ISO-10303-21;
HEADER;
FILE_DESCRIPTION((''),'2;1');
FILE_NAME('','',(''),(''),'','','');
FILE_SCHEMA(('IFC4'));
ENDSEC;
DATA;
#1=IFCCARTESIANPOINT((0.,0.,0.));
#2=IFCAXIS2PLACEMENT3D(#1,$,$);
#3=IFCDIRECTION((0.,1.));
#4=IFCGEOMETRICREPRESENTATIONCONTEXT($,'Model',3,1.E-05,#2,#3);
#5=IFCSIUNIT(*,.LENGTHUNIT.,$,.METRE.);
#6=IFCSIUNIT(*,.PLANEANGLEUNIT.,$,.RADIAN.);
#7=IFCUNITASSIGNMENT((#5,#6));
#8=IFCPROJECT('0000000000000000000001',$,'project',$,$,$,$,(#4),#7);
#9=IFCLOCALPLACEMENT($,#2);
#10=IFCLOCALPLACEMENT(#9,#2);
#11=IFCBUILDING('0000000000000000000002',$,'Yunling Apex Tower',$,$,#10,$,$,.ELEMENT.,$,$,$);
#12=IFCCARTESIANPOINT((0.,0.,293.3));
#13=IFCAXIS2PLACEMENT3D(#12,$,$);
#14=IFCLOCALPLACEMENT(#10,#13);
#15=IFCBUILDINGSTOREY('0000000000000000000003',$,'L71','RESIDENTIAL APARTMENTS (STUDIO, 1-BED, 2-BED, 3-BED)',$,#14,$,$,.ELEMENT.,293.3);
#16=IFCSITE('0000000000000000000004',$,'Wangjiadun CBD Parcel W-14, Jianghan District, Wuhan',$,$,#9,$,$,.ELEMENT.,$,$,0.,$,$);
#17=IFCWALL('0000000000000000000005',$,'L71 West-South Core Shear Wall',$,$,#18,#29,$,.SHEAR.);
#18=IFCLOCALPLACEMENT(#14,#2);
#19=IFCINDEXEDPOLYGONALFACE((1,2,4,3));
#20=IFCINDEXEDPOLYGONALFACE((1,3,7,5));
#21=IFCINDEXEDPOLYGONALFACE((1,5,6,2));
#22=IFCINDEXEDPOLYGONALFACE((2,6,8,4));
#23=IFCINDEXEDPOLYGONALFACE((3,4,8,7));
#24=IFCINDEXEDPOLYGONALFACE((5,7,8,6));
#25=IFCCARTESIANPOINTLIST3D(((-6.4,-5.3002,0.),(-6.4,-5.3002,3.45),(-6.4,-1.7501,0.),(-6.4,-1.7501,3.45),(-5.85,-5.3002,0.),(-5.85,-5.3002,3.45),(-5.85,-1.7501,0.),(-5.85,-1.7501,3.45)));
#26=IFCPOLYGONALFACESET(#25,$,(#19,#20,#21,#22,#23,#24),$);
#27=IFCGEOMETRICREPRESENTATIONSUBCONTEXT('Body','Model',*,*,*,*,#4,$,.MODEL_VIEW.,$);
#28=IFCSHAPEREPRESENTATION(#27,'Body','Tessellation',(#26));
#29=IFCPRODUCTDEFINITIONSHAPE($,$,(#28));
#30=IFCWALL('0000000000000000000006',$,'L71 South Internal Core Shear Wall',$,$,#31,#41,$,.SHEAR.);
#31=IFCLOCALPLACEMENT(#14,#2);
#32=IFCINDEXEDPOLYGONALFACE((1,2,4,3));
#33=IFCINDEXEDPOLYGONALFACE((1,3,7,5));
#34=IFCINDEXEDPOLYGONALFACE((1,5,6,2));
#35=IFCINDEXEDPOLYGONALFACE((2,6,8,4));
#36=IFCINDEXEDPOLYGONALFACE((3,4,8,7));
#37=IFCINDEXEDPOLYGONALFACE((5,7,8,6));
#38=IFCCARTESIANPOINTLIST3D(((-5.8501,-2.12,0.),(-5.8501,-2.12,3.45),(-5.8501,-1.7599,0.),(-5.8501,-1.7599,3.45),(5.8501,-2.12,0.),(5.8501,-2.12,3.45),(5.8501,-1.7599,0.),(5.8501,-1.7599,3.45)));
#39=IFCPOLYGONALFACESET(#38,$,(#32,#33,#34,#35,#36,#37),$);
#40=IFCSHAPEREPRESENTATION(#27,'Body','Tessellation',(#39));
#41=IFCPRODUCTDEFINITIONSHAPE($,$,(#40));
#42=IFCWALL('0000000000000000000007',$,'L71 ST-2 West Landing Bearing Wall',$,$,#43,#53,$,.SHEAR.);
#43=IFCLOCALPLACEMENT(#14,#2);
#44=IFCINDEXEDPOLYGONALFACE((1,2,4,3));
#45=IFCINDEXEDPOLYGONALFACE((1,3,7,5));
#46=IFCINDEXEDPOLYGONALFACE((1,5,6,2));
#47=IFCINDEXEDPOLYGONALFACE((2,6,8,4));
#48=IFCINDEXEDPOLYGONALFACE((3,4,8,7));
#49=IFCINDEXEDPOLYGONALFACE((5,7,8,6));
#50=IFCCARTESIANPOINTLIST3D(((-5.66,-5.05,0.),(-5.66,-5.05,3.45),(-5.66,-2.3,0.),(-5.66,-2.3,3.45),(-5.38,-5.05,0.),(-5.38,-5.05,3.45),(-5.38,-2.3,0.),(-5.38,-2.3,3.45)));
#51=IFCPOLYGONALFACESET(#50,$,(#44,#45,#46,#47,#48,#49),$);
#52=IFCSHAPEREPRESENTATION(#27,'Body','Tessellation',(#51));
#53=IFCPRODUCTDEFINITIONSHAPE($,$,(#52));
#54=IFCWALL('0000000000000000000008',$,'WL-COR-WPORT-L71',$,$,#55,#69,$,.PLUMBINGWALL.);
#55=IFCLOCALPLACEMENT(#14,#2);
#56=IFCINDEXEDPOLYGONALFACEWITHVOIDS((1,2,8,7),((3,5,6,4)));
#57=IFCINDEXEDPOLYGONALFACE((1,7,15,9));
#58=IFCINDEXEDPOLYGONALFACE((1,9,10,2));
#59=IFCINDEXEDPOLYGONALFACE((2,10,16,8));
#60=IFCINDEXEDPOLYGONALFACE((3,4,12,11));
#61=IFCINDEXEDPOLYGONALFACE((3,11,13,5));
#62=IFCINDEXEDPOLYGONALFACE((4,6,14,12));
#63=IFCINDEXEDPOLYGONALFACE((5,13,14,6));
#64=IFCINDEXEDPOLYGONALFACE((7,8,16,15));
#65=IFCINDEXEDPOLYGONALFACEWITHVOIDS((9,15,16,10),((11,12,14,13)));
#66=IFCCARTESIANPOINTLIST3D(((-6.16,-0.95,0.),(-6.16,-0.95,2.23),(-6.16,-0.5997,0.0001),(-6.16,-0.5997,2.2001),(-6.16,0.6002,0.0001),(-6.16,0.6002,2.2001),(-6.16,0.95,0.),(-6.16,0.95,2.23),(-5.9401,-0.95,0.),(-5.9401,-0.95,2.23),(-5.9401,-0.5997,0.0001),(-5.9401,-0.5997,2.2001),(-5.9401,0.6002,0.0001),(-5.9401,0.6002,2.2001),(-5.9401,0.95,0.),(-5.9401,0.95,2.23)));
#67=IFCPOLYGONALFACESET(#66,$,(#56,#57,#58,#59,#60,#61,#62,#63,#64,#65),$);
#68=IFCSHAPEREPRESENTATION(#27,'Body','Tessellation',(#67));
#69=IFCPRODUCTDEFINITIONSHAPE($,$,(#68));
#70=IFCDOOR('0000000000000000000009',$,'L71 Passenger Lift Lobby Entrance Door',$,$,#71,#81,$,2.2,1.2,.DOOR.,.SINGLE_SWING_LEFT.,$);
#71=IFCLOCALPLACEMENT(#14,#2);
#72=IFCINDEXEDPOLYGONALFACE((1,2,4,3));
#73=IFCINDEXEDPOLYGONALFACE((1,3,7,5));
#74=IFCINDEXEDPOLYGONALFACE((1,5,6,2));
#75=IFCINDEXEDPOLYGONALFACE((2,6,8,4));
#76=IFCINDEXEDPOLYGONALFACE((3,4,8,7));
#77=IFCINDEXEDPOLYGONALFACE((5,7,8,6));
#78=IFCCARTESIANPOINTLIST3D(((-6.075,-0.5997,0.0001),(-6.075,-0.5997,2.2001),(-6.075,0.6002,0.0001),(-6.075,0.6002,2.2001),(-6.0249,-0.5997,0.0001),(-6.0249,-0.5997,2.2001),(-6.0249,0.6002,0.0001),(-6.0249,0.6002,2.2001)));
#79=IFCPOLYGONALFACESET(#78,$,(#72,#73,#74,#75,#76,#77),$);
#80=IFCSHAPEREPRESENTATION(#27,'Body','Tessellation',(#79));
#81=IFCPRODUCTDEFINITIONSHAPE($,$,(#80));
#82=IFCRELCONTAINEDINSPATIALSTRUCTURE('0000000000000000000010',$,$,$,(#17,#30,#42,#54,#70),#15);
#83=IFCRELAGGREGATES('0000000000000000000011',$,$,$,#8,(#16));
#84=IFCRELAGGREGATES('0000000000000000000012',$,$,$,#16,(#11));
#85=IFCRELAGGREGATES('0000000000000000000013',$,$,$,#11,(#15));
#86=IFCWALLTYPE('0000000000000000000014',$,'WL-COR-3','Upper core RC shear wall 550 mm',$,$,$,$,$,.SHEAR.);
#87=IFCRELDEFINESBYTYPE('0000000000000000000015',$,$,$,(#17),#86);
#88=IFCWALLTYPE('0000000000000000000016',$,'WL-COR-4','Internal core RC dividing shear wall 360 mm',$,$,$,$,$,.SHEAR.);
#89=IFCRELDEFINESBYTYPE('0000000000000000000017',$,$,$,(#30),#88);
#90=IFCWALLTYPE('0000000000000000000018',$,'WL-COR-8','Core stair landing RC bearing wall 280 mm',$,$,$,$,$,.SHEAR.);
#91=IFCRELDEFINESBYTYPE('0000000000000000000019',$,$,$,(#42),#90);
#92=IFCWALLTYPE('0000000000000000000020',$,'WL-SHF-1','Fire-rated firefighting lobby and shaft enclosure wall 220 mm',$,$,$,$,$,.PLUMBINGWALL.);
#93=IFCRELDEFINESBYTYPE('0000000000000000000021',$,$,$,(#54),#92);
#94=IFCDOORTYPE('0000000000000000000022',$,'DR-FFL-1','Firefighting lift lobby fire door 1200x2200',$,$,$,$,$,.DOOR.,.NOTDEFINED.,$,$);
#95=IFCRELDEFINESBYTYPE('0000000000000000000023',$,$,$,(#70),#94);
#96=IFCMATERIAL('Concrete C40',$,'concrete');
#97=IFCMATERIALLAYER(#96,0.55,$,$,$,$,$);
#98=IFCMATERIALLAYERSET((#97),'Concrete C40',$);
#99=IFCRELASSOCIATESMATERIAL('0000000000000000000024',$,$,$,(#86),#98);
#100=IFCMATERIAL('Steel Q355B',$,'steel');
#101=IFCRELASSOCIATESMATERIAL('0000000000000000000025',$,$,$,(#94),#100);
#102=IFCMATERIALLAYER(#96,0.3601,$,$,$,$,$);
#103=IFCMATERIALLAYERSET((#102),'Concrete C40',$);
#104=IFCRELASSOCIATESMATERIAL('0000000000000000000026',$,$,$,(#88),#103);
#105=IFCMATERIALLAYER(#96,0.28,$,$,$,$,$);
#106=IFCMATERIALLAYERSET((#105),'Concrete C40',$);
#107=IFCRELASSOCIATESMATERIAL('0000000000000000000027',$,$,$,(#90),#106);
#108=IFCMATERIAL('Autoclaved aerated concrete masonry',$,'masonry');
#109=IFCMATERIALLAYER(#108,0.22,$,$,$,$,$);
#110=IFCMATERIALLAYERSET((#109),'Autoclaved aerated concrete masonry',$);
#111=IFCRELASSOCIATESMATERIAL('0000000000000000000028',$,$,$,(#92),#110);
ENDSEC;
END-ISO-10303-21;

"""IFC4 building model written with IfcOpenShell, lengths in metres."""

from ifc_helpers import new_model, si_unit, direction, frame, frame_2d, origin, place, context, subcontext, project, spatial, rectangle, extrude, material, layer, layer_set, type_object, element, fill, save


model = new_model("IFC4")

# Units and contexts
model_context = context("Model", 3, precision=1e-05, world=origin(), true_north=direction((0.0, 1.0)))
body_context = subcontext(model_context, "Body", "Model", "MODEL_VIEW")
ifc_project = project(units=[si_unit("LENGTHUNIT", "METRE"), si_unit("PLANEANGLEUNIT", "RADIAN")], contexts=[model_context])

# Site, building, storey
site_placement = place(None, origin())
site = spatial("IfcSite", under=ifc_project, at=site_placement, Name="Wangjiadun CBD Parcel W-14, Jianghan District, Wuhan", CompositionType="ELEMENT", RefElevation=0.0)
building_placement = place(site_placement, origin())
building = spatial("IfcBuilding", under=site, at=building_placement, Name="Yunling Apex Tower", CompositionType="ELEMENT")
storey_placement = place(building_placement, frame((0.0, 0.0, 293.3)))
storey = spatial("IfcBuildingStorey", under=building, at=storey_placement, Name="L71", Description="RESIDENTIAL APARTMENTS (STUDIO, 1-BED, 2-BED, 3-BED)", CompositionType="ELEMENT", Elevation=293.3)

# Shared definitions
ifc_material_1 = material(Name="Steel Q355B", Category="steel")
ifc_material_2 = material(Name="Concrete C40", Category="concrete")

# Shared definitions
ifc_layer_1 = layer(ifc_material_2, 0.55)
ifc_layer_set_1 = layer_set([ifc_layer_1], Name="Concrete C40")
wall_type_1 = type_object("IfcWallType", Name="WL-COR-3", Description="Upper core RC shear wall 550 mm", PredefinedType="SHEAR", material=ifc_layer_set_1)
door_type_1 = type_object("IfcDoorType", Name="DR-FFL-1", Description="Firefighting lift lobby fire door 1200x2200", OperationType="NOTDEFINED", PredefinedType="DOOR", material=ifc_material_1)

# Walls
wall_1_placement = place(storey_placement, frame((-6.125, -5.3, 0.0), z_axis=(0.0, 0.0, 1.0), x_axis=(0.0, 1.0, 0.0)))
element("IfcWall", 1, at=wall_1_placement, inside=storey, type_object=wall_type_1, Name="L71 West-South Core Shear Wall", PredefinedType="SHEAR", context=body_context, shape_type="SweptSolid", body=[
    extrude(rectangle(XDim=3.55, YDim=0.55, at=frame_2d((1.7749, 0.0))), origin(), (0.0, 0.0, 1.0), 3.45),
])
ifc_layer_2 = layer(ifc_material_2, 0.3601)
ifc_layer_set_2 = layer_set([ifc_layer_2], Name="Concrete C40")
wall_type_2 = type_object("IfcWallType", Name="WL-COR-4", Description="Internal core RC dividing shear wall 360 mm", PredefinedType="SHEAR", material=ifc_layer_set_2)
wall_2_placement = place(storey_placement, frame((-5.8501, -1.9399, 0.0), z_axis=(0.0, 0.0, 1.0), x_axis=(1.0, 0.0, 0.0)))
element("IfcWall", 2, at=wall_2_placement, inside=storey, type_object=wall_type_2, Name="L71 South Internal Core Shear Wall", PredefinedType="SHEAR", context=body_context, shape_type="SweptSolid", body=[
    extrude(rectangle(XDim=11.7002, YDim=0.3601, at=frame_2d((5.8501, 0.0))), origin(), (0.0, 0.0, 1.0), 3.45),
])
ifc_layer_3 = layer(ifc_material_2, 0.28)
ifc_layer_set_3 = layer_set([ifc_layer_3], Name="Concrete C40")
wall_type_3 = type_object("IfcWallType", Name="WL-COR-8", Description="Core stair landing RC bearing wall 280 mm", PredefinedType="SHEAR", material=ifc_layer_set_3)
wall_3_placement = place(storey_placement, frame((-5.52, -5.05, 0.0), z_axis=(0.0, 0.0, 1.0), x_axis=(0.0, 1.0, 0.0)))
element("IfcWall", 3, at=wall_3_placement, inside=storey, type_object=wall_type_3, Name="L71 ST-2 West Landing Bearing Wall", PredefinedType="SHEAR", context=body_context, shape_type="SweptSolid", body=[
    extrude(rectangle(XDim=2.75, YDim=0.28, at=frame_2d((1.375, 0.0))), origin(), (0.0, 0.0, 1.0), 3.45),
])

# Wall, opening, door
ifc_material_3 = material(Name="Autoclaved aerated concrete masonry", Category="masonry")
ifc_layer_4 = layer(ifc_material_3, 0.22)
ifc_layer_set_4 = layer_set([ifc_layer_4], Name="Autoclaved aerated concrete masonry")
wall_type_4 = type_object("IfcWallType", Name="WL-SHF-1", Description="Fire-rated firefighting lobby and shaft enclosure wall 220 mm", PredefinedType="PLUMBINGWALL", material=ifc_layer_set_4)
wall_4_placement = place(storey_placement, frame((-6.05, -0.95, 0.0), z_axis=(0.0, 0.0, 1.0), x_axis=(0.0, 1.0, 0.0)))
wall_4 = element("IfcWall", 4, at=wall_4_placement, inside=storey, type_object=wall_type_4, Name="WL-COR-WPORT-L71", PredefinedType="PLUMBINGWALL", context=body_context, shape_type="SweptSolid", body=[
    extrude(rectangle(XDim=1.8999, YDim=0.22, at=frame_2d((0.95, 0.0))), origin(), (0.0, 0.0, 1.0), 2.23),
])
opening_1_placement = place(wall_4_placement, frame((0.3501, 0.0, 0.0)))
opening_1 = element("IfcOpeningElement", 5, at=opening_1_placement, cuts=wall_4, PredefinedType="OPENING", context=body_context, shape_type="SweptSolid", body=[
    extrude(rectangle(XDim=1.2, YDim=2.2, at=frame_2d((0.6001, 1.1001))), frame((0.0, 0.1201, 0.0), z_axis=(0.0, -1.0, 0.0), x_axis=(1.0, 0.0, 0.0)), (0.0, 0.0, 1.0), 0.24),
])
door_1_placement = place(opening_1_placement, origin())
door_1 = element("IfcDoor", 6, at=door_1_placement, inside=storey, type_object=door_type_1, Name="L71 Passenger Lift Lobby Entrance Door", OperationType="SINGLE_SWING_LEFT", OverallHeight=2.2, OverallWidth=1.2, PredefinedType="DOOR", context=body_context, shape_type="SweptSolid", body=[
    extrude(rectangle(XDim=1.2, YDim=2.2, at=frame_2d((0.6001, 1.1001))), frame((0.0, 0.0249, 0.0), z_axis=(0.0, -1.0, 0.0), x_axis=(1.0, 0.0, 0.0)), (0.0, 0.0, 1.0), 0.05),
])
fill(opening_1, door_1)

save(model, "model.ifc")
